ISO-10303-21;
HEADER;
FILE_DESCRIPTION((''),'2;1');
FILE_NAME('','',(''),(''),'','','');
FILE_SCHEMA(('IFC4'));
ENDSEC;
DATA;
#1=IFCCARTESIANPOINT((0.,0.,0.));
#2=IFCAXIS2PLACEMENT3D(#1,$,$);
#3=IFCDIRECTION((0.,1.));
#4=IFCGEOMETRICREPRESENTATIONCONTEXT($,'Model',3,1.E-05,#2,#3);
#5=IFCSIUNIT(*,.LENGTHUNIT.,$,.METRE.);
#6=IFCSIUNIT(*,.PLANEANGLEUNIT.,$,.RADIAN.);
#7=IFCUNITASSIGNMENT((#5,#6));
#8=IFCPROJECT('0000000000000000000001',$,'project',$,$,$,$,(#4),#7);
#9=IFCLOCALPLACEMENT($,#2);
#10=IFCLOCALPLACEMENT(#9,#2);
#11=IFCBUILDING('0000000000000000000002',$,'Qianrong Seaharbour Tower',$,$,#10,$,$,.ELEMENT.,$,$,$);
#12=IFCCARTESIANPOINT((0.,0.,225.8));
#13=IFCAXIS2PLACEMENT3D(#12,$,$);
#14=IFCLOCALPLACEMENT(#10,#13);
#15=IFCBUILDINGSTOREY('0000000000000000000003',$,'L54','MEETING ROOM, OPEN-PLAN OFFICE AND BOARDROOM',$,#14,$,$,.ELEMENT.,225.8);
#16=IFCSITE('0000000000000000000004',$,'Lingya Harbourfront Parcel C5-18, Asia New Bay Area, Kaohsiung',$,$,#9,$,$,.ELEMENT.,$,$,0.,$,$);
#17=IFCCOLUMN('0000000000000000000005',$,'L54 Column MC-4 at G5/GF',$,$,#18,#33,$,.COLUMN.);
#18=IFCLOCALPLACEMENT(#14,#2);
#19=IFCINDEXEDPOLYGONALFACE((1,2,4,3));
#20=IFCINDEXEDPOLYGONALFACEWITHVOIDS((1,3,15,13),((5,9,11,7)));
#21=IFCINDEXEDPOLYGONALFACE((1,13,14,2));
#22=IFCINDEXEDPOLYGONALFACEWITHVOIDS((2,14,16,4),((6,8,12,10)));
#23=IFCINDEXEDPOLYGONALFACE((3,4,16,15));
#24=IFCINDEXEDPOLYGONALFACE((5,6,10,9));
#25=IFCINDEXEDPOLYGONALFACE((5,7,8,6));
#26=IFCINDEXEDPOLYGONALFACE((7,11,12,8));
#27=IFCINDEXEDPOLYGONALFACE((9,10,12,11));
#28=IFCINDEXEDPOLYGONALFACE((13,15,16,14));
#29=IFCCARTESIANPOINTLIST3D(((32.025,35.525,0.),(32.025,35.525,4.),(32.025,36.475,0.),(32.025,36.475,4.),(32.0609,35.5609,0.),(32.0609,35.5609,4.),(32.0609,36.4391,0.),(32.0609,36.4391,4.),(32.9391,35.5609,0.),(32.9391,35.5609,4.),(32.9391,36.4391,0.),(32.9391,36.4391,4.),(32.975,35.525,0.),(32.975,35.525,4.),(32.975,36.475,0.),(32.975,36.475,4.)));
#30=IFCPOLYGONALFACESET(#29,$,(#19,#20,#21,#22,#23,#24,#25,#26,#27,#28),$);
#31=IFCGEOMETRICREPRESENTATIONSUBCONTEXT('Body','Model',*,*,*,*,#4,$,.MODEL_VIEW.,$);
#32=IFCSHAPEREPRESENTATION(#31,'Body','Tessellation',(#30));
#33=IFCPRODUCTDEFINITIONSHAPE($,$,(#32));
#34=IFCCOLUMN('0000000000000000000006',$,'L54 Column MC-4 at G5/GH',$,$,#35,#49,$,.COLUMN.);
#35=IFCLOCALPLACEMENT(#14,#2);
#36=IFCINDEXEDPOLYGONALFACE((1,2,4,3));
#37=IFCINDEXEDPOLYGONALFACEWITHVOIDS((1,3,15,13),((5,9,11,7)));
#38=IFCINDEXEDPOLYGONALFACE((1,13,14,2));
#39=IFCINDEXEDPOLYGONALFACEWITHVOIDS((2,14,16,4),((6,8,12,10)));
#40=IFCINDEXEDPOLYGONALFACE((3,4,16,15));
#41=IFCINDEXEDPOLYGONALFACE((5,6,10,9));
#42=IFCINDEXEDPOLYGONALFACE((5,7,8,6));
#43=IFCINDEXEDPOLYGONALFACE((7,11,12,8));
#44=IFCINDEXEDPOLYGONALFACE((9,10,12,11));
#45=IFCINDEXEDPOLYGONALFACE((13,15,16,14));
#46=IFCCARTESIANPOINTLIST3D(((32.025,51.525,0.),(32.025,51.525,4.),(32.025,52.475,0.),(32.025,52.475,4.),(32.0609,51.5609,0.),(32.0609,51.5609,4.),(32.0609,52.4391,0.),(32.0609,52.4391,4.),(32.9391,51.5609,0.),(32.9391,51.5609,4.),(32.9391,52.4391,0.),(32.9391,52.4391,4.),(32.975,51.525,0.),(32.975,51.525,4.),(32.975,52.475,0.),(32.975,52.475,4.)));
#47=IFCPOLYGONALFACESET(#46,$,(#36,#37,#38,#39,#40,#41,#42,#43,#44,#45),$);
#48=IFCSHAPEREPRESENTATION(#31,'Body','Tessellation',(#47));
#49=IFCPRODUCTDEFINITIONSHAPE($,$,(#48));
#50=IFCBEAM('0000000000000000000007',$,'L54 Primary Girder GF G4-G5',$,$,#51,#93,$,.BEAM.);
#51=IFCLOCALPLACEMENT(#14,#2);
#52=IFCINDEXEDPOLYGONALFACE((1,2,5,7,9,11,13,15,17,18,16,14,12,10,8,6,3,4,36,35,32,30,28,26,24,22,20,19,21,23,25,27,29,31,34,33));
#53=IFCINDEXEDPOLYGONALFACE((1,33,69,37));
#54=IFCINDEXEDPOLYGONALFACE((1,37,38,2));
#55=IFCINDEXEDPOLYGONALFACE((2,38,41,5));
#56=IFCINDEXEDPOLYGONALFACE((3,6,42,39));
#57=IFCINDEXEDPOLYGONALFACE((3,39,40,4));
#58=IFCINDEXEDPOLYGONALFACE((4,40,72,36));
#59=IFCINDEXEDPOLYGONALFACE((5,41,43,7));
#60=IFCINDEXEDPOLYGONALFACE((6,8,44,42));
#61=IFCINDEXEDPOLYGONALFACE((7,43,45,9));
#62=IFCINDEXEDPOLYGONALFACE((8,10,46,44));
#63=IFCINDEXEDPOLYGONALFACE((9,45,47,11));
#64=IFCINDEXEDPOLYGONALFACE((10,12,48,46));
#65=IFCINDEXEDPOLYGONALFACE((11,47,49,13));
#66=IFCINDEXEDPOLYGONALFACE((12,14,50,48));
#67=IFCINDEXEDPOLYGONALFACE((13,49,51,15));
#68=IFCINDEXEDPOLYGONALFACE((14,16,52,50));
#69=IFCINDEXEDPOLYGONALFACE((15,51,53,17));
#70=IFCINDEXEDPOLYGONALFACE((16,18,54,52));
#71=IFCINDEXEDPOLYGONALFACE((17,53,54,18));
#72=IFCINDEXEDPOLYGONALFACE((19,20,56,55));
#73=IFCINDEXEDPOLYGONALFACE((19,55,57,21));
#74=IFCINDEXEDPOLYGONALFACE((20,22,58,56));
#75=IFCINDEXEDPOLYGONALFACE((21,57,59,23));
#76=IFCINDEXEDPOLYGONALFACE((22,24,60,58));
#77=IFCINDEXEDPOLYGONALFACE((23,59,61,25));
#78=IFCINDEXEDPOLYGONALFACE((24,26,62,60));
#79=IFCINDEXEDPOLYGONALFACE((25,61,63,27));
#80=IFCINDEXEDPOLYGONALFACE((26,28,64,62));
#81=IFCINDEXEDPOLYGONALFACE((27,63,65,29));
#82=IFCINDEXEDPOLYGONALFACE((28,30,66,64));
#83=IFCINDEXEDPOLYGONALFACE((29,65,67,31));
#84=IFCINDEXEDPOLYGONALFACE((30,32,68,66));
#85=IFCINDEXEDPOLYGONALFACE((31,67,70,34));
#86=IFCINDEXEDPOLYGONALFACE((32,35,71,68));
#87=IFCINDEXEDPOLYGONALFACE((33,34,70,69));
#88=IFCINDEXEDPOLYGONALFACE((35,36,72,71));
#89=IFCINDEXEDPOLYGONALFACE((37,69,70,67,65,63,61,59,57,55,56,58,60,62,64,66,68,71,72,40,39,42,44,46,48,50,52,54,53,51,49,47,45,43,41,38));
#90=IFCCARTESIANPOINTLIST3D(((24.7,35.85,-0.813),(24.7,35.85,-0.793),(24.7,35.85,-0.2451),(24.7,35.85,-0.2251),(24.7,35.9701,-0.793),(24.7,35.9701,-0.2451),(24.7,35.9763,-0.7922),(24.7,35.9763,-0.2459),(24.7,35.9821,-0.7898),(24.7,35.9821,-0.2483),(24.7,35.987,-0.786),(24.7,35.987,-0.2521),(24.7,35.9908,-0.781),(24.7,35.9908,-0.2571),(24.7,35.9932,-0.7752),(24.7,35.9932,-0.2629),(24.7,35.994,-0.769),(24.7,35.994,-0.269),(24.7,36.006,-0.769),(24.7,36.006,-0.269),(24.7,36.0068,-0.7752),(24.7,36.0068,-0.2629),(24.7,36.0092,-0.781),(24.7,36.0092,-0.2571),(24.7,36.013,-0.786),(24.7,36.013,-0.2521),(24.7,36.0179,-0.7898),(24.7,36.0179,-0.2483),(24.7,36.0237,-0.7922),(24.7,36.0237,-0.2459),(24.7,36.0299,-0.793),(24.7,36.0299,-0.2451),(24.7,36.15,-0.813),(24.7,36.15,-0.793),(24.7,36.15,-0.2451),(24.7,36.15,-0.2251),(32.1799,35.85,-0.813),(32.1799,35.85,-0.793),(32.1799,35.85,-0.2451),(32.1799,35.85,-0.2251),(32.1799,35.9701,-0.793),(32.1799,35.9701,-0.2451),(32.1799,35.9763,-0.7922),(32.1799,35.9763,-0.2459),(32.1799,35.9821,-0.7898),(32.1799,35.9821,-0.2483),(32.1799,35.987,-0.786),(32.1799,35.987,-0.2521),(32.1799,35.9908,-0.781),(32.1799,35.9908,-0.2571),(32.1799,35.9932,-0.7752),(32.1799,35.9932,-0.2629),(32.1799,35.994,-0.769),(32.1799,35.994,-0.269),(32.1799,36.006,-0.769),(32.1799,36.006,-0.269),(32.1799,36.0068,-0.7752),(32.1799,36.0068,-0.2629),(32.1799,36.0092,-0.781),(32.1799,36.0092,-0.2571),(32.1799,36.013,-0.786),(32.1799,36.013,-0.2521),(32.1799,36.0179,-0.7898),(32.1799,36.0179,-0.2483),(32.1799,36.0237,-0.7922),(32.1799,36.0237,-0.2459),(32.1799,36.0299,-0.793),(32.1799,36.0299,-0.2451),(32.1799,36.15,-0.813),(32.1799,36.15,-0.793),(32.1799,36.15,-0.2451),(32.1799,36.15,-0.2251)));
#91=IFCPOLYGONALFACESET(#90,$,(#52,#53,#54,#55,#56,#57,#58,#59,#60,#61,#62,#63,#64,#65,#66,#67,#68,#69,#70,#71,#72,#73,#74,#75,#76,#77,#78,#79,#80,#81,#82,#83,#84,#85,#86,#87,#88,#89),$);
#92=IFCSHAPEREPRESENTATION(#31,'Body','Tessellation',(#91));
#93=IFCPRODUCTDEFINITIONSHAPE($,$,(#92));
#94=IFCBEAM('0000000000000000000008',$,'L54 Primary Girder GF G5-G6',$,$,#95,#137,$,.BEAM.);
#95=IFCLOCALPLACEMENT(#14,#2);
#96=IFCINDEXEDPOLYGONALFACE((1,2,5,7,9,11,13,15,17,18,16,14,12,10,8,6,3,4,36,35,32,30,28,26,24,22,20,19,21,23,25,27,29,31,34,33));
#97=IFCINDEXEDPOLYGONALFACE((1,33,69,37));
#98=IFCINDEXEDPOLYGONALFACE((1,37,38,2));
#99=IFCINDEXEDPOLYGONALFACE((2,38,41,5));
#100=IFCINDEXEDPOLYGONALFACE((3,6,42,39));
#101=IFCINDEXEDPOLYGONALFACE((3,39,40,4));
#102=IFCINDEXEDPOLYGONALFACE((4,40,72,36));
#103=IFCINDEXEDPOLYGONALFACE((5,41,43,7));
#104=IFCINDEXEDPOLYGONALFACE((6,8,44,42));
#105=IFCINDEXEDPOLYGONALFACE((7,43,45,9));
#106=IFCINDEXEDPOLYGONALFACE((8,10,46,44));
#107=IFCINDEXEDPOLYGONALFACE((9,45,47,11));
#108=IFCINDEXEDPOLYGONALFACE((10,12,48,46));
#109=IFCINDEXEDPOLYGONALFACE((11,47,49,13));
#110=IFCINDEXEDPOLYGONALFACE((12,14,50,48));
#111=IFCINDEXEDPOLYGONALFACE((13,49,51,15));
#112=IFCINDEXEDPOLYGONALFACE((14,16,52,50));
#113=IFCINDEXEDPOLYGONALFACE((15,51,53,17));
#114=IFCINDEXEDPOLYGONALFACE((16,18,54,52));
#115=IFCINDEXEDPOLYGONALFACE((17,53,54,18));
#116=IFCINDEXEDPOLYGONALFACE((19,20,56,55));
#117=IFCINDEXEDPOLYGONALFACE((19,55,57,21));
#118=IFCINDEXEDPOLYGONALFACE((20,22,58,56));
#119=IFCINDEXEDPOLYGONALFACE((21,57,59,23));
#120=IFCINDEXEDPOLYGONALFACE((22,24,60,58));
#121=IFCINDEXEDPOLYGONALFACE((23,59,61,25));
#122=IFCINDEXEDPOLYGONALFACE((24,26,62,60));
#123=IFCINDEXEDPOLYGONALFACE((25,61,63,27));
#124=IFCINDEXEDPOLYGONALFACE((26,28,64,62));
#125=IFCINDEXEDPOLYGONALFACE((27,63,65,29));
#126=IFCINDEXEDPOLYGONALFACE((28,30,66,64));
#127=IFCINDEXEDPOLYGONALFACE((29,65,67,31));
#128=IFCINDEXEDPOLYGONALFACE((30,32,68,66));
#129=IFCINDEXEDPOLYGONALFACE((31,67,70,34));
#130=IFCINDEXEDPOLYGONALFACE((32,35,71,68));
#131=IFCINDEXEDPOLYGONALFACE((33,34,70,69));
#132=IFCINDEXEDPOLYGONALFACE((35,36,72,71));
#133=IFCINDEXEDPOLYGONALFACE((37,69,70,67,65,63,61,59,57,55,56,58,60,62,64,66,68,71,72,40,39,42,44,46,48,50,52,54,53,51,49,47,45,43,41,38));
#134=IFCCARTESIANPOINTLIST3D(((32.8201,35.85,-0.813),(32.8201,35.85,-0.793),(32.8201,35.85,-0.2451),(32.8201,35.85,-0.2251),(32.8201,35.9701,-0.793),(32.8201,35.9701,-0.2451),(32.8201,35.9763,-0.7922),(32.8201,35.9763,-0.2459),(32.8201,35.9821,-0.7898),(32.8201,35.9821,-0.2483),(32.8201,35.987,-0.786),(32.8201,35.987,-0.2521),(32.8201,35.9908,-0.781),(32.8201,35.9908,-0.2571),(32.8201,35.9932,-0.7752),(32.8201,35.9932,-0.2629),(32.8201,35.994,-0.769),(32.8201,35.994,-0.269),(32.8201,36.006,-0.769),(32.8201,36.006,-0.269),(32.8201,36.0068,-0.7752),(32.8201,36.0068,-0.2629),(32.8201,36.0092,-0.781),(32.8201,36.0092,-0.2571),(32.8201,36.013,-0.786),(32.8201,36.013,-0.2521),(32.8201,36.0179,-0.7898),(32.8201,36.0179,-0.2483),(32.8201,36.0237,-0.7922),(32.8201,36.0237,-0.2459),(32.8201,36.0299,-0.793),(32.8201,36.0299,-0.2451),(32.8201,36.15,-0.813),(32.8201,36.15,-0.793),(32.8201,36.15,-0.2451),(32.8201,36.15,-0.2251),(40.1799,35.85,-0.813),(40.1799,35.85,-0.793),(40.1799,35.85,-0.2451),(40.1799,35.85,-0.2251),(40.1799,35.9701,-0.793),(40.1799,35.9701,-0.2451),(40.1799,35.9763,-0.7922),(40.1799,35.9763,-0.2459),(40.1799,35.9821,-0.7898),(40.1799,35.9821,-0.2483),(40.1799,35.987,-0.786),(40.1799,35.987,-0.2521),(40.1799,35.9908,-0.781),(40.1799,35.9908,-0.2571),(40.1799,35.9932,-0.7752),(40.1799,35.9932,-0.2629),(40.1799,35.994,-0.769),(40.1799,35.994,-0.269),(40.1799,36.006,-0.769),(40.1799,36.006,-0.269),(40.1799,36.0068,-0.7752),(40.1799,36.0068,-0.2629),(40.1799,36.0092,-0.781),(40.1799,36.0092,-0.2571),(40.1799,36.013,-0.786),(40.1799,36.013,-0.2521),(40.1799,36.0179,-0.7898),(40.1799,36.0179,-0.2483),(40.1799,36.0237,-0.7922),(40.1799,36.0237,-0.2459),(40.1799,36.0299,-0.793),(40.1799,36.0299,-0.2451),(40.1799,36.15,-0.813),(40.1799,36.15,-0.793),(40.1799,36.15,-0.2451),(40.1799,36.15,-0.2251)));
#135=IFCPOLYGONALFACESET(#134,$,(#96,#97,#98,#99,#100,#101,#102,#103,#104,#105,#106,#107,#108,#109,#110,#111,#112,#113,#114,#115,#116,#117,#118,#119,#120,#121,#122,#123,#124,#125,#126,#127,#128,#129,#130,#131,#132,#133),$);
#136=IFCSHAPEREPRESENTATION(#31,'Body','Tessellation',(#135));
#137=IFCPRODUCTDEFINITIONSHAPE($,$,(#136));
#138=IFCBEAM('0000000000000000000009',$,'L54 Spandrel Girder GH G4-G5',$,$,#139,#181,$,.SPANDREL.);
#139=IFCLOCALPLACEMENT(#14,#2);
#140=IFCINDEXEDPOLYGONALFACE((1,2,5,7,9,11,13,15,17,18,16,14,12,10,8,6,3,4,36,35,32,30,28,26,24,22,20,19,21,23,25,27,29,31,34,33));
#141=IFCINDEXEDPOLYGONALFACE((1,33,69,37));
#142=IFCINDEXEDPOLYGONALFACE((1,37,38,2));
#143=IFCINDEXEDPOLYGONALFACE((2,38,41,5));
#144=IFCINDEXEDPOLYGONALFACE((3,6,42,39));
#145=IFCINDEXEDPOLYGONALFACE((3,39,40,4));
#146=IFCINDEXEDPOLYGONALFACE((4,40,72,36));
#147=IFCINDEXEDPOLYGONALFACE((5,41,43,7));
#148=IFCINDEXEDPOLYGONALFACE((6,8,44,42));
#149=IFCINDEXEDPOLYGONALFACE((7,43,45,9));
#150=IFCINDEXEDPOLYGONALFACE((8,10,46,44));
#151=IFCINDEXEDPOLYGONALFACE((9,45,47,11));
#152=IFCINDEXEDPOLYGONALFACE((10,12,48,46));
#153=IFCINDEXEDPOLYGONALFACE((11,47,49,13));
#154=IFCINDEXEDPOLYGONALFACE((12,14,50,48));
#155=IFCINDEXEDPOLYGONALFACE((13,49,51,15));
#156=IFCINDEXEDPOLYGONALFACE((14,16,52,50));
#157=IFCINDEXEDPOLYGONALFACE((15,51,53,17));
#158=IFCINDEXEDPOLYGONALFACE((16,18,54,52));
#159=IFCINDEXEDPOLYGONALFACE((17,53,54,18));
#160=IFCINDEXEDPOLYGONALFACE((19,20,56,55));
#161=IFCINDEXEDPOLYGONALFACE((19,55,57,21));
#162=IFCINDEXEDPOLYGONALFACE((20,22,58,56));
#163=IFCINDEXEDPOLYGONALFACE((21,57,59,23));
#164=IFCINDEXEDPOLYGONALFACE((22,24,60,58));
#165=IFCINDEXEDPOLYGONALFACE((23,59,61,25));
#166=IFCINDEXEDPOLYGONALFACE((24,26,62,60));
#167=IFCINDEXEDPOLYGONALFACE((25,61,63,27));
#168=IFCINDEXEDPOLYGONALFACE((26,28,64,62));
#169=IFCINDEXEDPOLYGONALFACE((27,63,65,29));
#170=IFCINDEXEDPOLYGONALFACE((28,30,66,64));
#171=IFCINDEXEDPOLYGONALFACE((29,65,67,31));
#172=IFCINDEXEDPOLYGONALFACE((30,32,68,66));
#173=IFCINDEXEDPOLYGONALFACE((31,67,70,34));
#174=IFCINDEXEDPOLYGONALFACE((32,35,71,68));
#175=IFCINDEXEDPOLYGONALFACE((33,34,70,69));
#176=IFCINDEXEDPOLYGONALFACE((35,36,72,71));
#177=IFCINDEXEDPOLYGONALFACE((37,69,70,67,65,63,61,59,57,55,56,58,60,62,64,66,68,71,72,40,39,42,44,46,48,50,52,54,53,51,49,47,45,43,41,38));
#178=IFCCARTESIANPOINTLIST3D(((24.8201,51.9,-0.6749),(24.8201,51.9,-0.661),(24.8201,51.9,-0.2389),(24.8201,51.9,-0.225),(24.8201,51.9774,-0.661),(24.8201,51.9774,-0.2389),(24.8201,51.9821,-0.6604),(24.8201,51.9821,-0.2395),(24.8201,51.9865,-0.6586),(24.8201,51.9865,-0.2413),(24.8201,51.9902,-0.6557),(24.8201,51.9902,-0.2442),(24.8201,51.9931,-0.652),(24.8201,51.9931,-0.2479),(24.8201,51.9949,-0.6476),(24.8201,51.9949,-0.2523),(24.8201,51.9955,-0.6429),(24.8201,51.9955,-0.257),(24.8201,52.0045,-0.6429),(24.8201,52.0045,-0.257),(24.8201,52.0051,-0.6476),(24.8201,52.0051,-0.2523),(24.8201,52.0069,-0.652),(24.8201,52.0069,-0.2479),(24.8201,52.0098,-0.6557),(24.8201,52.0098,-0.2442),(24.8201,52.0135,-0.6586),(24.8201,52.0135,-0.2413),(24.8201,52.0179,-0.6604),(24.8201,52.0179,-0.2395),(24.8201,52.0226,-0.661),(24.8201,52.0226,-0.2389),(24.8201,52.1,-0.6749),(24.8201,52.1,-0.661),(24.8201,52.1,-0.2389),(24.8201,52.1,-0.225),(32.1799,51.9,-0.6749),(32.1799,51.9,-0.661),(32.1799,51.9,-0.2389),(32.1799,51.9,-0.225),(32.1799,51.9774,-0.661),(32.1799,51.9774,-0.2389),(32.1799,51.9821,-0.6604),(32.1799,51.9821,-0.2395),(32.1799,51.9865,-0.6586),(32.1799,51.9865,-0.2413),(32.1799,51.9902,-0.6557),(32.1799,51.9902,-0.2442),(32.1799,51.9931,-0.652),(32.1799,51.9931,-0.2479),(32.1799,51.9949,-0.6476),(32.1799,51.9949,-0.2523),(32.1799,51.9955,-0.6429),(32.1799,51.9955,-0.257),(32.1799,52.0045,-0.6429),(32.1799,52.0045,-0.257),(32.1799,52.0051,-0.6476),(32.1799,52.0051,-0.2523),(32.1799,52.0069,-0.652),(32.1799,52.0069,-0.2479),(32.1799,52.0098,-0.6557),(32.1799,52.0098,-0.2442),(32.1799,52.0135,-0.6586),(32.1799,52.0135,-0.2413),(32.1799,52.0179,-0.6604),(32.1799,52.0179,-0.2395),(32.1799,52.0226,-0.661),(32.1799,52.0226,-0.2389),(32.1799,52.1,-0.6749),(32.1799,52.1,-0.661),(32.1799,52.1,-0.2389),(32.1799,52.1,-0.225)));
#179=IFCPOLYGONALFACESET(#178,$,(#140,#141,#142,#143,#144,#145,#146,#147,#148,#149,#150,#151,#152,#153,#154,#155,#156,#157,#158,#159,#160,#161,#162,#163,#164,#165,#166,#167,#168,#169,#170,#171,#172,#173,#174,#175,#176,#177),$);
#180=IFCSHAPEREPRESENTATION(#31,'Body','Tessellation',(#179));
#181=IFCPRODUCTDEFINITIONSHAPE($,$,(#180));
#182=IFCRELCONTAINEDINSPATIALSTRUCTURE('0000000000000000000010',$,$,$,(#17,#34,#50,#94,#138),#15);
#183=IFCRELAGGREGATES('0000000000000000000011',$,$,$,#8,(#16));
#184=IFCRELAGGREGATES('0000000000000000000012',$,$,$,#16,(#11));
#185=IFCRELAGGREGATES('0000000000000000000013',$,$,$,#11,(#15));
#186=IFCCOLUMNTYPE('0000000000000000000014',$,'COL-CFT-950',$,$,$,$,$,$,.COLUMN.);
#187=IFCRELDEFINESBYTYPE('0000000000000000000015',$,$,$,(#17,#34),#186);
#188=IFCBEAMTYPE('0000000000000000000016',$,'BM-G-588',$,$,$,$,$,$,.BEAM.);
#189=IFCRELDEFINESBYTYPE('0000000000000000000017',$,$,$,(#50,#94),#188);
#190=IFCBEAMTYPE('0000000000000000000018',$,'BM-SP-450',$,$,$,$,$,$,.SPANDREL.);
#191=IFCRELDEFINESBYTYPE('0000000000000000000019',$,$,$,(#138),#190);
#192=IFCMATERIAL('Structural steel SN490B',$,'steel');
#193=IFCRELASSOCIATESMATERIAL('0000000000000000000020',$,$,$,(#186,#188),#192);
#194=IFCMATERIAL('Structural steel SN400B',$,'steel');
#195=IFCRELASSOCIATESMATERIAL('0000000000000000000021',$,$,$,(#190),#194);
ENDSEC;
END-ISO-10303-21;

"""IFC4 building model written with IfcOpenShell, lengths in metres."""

from ifc_helpers import new_model, si_unit, direction, frame, origin, origin_2d, place, context, subcontext, project, spatial, hollow_rectangle, i_section, extrude, material, material_profile, profile_set, type_object, element, save


model = new_model("IFC4")

# Units and contexts
model_context = context("Model", 3, precision=1e-05, world=origin(), true_north=direction((0.0, 1.0)))
body_context = subcontext(model_context, "Body", "Model", "MODEL_VIEW")
ifc_project = project(units=[si_unit("LENGTHUNIT", "METRE"), si_unit("PLANEANGLEUNIT", "RADIAN")], contexts=[model_context])

# Site, building, storey
site_placement = place(None, origin())
site = spatial("IfcSite", under=ifc_project, at=site_placement, Name="Lingya Harbourfront Parcel C5-18, Asia New Bay Area, Kaohsiung", CompositionType="ELEMENT", RefElevation=0.0)
building_placement = place(site_placement, origin())
building = spatial("IfcBuilding", under=site, at=building_placement, Name="Qianrong Seaharbour Tower", CompositionType="ELEMENT")
storey_placement = place(building_placement, frame((0.0, 0.0, 225.8)))
storey = spatial("IfcBuildingStorey", under=building, at=storey_placement, Name="L54", Description="MEETING ROOM, OPEN-PLAN OFFICE AND BOARDROOM", CompositionType="ELEMENT", Elevation=225.8)

# Columns
ifc_material_1 = material(Name="Structural steel SN490B", Category="steel")
ifc_material_profile_1 = material_profile(ifc_material_1, hollow_rectangle(XDim=0.95, YDim=0.95, WallThickness=0.0359, at=origin_2d()), Name="BOX950x950x36")
ifc_profile_set_1 = profile_set([ifc_material_profile_1], Name="Structural steel SN490B")
column_type = type_object("IfcColumnType", Name="COL-CFT-950", PredefinedType="COLUMN", material=ifc_profile_set_1)
for number, where, z_axis, x_axis, name in (
    (1, (32.5, 36.0, 0.0), (0.0, 0.0, 1.0), (1.0, 0.0, 0.0), "L54 Column MC-4 at G5/GF"),
    (2, (32.5, 52.0, 0.0), (0.0, 0.0, 1.0), (1.0, 0.0, 0.0), "L54 Column MC-4 at G5/GH"),
):
    element("IfcColumn", number, at=place(storey_placement, frame(where, z_axis=z_axis, x_axis=x_axis)), inside=storey, type_object=column_type, Name=name, PredefinedType="COLUMN", context=body_context, shape_type="SweptSolid", body=[
        extrude(hollow_rectangle(XDim=0.95, YDim=0.95, WallThickness=0.0359, at=origin_2d()), origin(), (0.0, 0.0, 1.0), 4.0),
    ])

# Beams
ifc_material_profile_2 = material_profile(ifc_material_1, i_section(OverallWidth=0.3, OverallDepth=0.5879, WebThickness=0.012, FlangeThickness=0.02, FilletRadius=0.0239, at=origin_2d()), Name="H588x300x12x20")
ifc_profile_set_2 = profile_set([ifc_material_profile_2], Name="Structural steel SN490B")
beam_type_1 = type_object("IfcBeamType", Name="BM-G-588", PredefinedType="BEAM", material=ifc_profile_set_2)
beam_1_placement = place(storey_placement, frame((24.7, 36.0, -0.519), z_axis=(1.0, 0.0, 0.0), x_axis=(0.0, 1.0, 0.0)))
element("IfcBeam", 3, at=beam_1_placement, inside=storey, type_object=beam_type_1, Name="L54 Primary Girder GF G4-G5", PredefinedType="BEAM", context=body_context, shape_type="SweptSolid", body=[
    extrude(i_section(OverallWidth=0.3, OverallDepth=0.5879, WebThickness=0.012, FlangeThickness=0.02, FilletRadius=0.0239, at=origin_2d()), origin(), (0.0, 0.0, 1.0), 7.48),
])
beam_2_placement = place(storey_placement, frame((32.8201, 36.0, -0.519), z_axis=(1.0, 0.0, 0.0), x_axis=(0.0, 1.0, 0.0)))
element("IfcBeam", 4, at=beam_2_placement, inside=storey, type_object=beam_type_1, Name="L54 Primary Girder GF G5-G6", PredefinedType="BEAM", context=body_context, shape_type="SweptSolid", body=[
    extrude(i_section(OverallWidth=0.3, OverallDepth=0.5879, WebThickness=0.012, FlangeThickness=0.02, FilletRadius=0.0239, at=origin_2d()), origin(), (0.0, 0.0, 1.0), 7.3599),
])
ifc_material_2 = material(Name="Structural steel SN400B", Category="steel")
ifc_material_profile_3 = material_profile(ifc_material_2, i_section(OverallWidth=0.2, OverallDepth=0.45, WebThickness=0.009, FlangeThickness=0.0139, FilletRadius=0.0181, at=origin_2d()), Name="H450x200x9x14")
ifc_profile_set_3 = profile_set([ifc_material_profile_3], Name="Structural steel SN400B")
beam_type_2 = type_object("IfcBeamType", Name="BM-SP-450", PredefinedType="SPANDREL", material=ifc_profile_set_3)
for number, where, z_axis, x_axis, name in (
    (5, (24.8201, 52.0, -0.45), (1.0, 0.0, 0.0), (0.0, 1.0, 0.0), "L54 Spandrel Girder GH G4-G5"),
):
    element("IfcBeam", number, at=place(storey_placement, frame(where, z_axis=z_axis, x_axis=x_axis)), inside=storey, type_object=beam_type_2, Name=name, PredefinedType="SPANDREL", context=body_context, shape_type="SweptSolid", body=[
        extrude(i_section(OverallWidth=0.2, OverallDepth=0.45, WebThickness=0.009, FlangeThickness=0.0139, FilletRadius=0.0181, at=origin_2d()), origin(), (0.0, 0.0, 1.0), 7.3599),
    ])

save(model, "model.ifc")
